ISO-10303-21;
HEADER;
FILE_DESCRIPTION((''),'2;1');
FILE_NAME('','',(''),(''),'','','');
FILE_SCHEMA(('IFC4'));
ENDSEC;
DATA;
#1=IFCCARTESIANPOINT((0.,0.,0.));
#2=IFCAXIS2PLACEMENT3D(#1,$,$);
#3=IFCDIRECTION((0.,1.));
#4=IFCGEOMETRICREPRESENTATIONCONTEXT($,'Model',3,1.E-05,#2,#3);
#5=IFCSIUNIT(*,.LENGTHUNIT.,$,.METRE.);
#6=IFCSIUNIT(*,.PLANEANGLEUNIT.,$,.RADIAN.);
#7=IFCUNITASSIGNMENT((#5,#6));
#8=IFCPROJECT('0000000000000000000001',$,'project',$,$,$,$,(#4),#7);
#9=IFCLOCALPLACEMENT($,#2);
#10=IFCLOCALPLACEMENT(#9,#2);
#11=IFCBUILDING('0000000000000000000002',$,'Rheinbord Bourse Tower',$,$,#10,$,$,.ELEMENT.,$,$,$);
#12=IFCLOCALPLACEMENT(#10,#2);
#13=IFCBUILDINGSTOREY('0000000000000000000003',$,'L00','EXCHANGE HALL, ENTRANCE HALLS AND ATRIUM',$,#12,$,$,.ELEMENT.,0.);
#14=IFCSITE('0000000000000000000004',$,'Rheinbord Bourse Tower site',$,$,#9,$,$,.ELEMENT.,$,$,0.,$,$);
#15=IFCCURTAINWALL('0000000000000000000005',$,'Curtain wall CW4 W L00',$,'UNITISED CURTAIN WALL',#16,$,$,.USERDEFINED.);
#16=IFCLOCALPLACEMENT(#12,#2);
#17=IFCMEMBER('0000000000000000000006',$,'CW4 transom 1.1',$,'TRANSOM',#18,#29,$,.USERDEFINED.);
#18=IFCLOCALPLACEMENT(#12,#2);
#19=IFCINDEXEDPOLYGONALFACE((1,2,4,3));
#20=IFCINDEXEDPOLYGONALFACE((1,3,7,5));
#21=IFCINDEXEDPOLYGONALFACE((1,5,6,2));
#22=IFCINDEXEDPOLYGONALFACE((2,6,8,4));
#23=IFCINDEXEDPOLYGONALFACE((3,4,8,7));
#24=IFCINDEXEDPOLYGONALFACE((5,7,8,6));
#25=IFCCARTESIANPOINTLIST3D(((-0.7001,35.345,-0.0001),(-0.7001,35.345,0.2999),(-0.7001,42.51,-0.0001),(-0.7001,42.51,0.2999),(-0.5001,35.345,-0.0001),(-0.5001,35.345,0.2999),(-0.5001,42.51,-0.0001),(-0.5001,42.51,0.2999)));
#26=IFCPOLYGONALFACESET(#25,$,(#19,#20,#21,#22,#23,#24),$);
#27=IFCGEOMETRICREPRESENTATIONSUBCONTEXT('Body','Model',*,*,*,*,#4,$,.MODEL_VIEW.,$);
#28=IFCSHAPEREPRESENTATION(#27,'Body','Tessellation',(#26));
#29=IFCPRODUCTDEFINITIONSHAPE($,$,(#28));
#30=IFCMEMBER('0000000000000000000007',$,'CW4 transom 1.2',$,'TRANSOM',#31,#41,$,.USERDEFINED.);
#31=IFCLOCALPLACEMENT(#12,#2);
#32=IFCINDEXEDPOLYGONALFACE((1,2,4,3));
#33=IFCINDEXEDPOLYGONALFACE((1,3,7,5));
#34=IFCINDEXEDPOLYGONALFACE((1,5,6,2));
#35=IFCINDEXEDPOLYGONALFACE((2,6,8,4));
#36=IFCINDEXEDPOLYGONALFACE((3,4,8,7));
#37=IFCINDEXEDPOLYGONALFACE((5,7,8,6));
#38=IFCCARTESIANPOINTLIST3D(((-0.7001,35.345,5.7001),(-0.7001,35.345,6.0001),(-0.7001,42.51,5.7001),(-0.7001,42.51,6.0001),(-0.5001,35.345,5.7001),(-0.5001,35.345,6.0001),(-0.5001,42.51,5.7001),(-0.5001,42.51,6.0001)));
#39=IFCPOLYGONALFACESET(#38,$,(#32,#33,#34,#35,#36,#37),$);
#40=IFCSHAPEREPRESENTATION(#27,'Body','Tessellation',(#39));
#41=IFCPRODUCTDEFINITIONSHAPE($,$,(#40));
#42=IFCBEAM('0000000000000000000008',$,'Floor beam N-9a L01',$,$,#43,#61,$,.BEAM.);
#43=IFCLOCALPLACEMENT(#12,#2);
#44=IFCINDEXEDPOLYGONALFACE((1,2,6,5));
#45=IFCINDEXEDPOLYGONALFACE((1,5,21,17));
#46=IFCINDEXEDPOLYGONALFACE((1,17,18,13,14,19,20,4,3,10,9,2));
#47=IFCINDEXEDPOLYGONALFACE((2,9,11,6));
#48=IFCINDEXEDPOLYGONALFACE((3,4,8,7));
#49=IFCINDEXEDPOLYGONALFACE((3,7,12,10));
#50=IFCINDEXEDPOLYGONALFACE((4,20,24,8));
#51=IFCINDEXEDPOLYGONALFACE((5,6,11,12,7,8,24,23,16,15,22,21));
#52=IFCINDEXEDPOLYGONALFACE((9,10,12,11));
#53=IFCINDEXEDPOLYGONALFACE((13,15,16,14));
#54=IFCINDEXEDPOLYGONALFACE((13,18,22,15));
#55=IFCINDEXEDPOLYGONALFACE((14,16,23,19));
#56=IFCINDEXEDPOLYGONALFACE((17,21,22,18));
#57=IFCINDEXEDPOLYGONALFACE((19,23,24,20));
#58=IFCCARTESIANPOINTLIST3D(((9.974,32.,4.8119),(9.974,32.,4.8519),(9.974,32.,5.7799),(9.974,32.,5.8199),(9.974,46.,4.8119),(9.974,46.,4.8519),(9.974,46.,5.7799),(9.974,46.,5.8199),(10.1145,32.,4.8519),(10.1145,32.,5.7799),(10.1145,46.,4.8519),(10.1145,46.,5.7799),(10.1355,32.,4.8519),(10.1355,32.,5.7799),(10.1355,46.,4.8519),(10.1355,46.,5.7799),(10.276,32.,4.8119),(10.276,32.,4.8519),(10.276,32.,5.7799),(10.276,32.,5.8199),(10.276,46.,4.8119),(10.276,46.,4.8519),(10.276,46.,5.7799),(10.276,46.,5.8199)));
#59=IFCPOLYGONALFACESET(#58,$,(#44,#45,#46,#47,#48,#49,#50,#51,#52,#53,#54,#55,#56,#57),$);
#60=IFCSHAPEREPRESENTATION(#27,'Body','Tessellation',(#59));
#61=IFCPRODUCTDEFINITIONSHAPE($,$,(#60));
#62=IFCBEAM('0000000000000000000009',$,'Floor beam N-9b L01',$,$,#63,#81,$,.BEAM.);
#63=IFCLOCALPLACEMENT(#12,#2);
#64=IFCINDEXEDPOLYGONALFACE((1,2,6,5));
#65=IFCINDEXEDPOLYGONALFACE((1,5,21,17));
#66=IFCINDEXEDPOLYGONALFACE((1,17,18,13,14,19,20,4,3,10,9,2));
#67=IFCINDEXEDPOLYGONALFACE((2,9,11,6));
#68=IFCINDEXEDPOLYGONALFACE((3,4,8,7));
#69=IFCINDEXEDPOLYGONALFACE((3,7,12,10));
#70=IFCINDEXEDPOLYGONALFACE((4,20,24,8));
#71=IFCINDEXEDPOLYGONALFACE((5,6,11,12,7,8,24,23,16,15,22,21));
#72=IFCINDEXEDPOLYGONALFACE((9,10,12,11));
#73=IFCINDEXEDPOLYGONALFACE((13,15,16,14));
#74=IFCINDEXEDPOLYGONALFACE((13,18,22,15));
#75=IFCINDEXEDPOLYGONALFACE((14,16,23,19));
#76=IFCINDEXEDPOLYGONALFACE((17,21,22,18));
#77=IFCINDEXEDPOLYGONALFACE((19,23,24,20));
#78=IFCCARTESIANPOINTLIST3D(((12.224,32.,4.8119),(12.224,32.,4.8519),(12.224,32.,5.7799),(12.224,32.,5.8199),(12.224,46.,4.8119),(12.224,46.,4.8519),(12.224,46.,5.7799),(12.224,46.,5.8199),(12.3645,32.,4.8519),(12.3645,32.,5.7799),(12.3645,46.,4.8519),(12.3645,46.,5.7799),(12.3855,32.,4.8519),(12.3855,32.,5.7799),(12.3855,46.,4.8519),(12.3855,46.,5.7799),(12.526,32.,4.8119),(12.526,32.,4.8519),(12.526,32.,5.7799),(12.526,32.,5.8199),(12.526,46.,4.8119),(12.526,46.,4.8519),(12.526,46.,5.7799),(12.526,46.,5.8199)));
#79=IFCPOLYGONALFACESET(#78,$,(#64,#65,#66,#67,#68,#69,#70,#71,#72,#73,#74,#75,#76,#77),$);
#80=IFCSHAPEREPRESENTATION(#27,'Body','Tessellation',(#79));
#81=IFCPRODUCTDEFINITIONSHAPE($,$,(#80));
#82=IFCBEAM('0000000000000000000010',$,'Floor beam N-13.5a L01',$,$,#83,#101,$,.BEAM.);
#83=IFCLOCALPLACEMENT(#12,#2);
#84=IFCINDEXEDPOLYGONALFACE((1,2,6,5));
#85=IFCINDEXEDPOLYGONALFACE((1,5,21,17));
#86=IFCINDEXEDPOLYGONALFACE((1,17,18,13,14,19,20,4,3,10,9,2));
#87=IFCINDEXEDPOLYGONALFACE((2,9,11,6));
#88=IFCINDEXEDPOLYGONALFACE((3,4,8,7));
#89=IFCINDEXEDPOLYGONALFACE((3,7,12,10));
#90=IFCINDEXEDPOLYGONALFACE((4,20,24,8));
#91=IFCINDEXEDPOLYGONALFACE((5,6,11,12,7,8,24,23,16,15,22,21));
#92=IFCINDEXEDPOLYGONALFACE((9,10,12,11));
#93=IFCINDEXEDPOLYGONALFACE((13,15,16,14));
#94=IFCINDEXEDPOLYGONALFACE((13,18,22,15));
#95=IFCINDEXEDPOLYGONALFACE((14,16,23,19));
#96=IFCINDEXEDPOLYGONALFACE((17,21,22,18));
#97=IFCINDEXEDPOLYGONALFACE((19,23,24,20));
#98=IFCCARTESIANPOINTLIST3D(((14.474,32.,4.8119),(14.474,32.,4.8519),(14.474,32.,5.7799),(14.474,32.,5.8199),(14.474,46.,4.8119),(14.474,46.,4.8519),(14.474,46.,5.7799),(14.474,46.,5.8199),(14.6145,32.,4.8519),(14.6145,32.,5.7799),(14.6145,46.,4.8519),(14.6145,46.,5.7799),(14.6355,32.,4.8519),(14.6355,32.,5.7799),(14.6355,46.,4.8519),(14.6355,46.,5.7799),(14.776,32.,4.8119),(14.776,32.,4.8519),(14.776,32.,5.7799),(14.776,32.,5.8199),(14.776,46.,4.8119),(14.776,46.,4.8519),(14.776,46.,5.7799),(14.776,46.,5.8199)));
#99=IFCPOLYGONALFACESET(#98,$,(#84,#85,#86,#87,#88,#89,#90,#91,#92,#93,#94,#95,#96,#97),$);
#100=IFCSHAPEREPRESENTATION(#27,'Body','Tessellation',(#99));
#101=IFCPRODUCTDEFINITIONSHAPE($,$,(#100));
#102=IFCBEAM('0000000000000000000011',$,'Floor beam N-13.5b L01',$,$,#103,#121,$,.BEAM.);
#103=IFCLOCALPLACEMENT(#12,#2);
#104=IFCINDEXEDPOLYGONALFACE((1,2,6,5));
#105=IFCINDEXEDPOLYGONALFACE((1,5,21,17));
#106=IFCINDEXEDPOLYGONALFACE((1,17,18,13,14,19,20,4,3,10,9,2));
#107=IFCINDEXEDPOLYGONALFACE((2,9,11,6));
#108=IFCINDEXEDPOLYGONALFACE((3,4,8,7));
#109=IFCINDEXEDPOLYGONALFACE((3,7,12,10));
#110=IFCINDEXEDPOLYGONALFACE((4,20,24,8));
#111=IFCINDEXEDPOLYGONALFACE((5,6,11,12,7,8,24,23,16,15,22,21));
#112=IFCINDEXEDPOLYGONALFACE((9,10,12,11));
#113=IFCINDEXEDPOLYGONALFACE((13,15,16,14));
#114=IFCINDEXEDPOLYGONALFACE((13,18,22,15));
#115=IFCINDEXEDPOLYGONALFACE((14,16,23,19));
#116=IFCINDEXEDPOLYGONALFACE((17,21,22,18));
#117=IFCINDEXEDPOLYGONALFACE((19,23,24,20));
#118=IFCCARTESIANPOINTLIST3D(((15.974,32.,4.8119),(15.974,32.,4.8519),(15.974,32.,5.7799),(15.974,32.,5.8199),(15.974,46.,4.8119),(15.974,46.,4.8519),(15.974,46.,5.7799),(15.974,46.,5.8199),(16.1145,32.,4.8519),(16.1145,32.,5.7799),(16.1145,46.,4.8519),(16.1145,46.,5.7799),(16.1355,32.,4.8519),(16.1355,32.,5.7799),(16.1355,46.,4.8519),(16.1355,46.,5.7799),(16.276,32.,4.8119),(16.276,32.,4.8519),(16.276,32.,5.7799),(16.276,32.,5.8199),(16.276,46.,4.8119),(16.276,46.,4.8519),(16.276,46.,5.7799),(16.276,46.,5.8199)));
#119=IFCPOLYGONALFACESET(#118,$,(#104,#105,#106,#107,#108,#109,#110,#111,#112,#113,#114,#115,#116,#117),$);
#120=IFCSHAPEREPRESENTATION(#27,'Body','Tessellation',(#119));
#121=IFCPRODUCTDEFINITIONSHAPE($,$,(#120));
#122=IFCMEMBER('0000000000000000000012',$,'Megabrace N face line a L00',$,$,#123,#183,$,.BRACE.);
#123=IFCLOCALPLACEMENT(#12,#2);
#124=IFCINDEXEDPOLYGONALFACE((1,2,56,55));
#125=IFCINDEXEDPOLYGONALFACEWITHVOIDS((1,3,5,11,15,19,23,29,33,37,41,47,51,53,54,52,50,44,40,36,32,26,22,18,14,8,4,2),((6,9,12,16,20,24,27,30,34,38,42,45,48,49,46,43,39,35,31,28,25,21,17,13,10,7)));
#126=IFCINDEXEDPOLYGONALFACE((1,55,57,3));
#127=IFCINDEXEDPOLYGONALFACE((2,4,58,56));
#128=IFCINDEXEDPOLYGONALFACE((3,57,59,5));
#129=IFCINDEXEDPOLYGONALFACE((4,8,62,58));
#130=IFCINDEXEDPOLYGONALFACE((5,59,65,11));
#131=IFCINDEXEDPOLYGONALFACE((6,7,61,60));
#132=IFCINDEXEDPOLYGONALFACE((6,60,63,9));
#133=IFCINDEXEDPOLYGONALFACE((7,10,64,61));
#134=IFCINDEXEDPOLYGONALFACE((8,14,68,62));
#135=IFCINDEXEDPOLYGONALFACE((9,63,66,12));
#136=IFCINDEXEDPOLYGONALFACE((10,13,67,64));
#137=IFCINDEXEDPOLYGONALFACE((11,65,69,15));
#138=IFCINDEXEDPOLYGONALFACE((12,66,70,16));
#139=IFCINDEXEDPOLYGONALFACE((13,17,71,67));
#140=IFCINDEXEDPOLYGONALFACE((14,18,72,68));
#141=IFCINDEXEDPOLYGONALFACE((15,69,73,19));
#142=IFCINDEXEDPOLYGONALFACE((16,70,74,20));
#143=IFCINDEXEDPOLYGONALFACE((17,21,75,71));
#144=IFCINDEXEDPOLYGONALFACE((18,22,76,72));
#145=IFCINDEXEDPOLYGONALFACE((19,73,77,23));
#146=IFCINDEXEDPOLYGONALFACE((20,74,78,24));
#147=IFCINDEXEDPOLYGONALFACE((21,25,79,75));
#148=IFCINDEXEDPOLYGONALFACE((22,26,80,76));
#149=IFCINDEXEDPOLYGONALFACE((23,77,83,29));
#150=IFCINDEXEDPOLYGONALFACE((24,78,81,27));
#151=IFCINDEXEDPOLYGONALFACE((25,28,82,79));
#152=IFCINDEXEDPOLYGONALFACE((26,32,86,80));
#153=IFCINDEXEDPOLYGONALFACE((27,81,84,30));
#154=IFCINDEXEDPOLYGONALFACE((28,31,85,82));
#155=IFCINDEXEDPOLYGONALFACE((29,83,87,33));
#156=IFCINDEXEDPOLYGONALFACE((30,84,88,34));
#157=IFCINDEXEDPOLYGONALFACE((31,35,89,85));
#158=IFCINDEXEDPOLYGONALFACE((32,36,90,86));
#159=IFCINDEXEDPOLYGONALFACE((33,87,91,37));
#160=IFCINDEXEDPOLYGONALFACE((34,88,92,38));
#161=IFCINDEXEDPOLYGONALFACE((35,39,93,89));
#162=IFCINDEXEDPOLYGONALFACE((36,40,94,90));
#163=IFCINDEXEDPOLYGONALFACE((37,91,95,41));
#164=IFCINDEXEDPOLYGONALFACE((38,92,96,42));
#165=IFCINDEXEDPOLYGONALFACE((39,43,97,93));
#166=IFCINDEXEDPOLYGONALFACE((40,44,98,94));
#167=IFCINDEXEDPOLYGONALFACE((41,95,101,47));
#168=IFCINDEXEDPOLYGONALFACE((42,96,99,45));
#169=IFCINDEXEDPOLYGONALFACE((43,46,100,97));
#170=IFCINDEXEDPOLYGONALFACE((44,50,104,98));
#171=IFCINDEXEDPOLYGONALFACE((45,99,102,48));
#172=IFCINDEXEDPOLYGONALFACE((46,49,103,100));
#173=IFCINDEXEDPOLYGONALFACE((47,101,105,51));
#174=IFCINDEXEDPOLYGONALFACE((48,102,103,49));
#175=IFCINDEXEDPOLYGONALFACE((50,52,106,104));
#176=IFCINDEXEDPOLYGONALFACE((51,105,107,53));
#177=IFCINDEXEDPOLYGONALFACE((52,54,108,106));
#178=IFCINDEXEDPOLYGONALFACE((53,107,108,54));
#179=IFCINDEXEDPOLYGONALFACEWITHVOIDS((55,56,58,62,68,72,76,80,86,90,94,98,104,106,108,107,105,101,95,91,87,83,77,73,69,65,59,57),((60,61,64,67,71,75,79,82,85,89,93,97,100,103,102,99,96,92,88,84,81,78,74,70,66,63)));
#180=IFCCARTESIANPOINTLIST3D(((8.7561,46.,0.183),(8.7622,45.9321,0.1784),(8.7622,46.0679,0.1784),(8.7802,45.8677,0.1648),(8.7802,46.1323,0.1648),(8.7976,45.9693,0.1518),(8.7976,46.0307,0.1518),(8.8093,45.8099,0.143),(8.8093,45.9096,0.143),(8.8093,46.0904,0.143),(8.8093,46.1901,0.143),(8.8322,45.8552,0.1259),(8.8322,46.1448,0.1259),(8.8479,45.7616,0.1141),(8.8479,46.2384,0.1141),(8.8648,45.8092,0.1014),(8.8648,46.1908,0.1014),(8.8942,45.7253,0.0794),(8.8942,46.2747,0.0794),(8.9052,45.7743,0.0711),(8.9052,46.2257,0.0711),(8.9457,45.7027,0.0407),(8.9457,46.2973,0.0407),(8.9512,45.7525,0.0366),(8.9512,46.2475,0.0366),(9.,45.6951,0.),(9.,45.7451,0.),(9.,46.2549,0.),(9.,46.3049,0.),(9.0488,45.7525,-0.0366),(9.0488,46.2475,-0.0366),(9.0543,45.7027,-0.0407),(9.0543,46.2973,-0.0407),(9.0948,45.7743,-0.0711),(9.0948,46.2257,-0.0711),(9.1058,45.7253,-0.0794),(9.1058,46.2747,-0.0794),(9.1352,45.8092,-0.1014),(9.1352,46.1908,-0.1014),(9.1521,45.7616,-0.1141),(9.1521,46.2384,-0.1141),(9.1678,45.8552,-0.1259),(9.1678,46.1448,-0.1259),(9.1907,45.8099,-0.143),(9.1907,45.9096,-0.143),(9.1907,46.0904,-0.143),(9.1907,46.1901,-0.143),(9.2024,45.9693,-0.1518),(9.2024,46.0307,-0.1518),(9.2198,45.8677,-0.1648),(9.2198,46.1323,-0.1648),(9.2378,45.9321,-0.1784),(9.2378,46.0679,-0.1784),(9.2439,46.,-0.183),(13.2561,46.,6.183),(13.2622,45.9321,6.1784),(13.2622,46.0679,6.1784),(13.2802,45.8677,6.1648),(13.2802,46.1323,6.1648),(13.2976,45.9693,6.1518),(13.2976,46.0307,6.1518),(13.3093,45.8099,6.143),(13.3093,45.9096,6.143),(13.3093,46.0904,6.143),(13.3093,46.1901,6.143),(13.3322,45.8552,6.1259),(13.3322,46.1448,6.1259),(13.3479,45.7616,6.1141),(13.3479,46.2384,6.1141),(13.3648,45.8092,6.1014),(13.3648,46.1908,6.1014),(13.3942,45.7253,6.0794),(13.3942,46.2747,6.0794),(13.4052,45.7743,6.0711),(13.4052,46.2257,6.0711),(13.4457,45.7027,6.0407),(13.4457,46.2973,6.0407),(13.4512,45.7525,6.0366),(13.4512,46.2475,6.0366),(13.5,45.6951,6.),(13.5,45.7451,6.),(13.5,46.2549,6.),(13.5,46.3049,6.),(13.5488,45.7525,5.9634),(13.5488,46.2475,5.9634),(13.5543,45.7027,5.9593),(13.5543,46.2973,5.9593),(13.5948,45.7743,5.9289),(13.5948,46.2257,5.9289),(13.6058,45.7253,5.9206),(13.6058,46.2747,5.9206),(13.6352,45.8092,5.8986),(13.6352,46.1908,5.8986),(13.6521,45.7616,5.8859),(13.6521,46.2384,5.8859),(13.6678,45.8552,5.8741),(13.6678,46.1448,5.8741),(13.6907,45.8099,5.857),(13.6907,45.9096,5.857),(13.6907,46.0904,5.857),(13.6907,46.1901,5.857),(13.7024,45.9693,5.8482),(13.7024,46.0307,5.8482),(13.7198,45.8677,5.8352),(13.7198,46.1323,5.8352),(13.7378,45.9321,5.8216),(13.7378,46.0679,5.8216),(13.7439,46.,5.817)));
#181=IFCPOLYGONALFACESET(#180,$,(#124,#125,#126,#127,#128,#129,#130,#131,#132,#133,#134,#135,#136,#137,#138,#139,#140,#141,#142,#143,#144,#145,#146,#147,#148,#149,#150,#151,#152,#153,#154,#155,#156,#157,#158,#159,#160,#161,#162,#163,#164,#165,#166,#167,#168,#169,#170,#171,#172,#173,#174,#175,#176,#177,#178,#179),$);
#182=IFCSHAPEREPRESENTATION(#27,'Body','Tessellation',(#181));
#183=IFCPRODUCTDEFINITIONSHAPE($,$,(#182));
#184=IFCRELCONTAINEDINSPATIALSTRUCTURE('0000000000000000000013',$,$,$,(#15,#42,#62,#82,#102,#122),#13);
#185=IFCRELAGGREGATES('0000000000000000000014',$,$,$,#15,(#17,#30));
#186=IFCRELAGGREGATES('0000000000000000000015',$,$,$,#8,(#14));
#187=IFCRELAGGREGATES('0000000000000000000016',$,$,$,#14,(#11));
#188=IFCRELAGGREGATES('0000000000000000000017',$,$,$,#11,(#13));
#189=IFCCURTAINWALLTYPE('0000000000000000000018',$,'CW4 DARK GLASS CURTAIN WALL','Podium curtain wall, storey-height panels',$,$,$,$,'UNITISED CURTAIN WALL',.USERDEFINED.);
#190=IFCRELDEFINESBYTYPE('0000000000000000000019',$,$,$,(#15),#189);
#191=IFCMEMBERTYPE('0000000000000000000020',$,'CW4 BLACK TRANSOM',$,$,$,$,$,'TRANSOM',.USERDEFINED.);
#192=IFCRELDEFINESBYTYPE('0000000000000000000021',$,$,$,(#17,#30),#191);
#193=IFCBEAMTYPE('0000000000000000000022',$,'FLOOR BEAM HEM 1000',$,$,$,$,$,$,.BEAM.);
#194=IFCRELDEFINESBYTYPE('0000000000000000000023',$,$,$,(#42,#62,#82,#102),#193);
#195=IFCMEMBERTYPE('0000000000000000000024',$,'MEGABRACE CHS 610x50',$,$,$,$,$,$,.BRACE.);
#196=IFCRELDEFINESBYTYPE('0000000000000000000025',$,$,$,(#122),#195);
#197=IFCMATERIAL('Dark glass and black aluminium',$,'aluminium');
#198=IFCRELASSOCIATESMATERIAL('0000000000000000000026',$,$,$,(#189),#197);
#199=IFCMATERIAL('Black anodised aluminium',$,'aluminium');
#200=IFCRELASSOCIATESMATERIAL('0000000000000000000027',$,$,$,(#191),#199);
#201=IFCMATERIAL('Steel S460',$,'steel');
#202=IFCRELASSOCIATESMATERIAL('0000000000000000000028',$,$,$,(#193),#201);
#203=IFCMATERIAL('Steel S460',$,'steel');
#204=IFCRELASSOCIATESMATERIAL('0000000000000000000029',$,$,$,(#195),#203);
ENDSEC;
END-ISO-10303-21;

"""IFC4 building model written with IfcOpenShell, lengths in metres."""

from ifc_helpers import new_model, si_unit, direction, frame, origin, origin_2d, place, context, subcontext, project, spatial, rectangle, hollow_circle, i_section, extrude, material, material_profile, profile_set, type_object, element, aggregate, save


model = new_model("IFC4")

# Units and contexts
model_context = context("Model", 3, precision=1e-05, world=origin(), true_north=direction((0.0, 1.0)))
body_context = subcontext(model_context, "Body", "Model", "MODEL_VIEW")
ifc_project = project(units=[si_unit("LENGTHUNIT", "METRE"), si_unit("PLANEANGLEUNIT", "RADIAN")], contexts=[model_context])

# Site, building, storey
site_placement = place(None, origin())
site = spatial("IfcSite", under=ifc_project, at=site_placement, Name="Rheinbord Bourse Tower site", CompositionType="ELEMENT", RefElevation=0.0)
building_placement = place(site_placement, origin())
building = spatial("IfcBuilding", under=site, at=building_placement, Name="Rheinbord Bourse Tower", CompositionType="ELEMENT")
storey_placement = place(building_placement, origin())
storey = spatial("IfcBuildingStorey", under=building, at=storey_placement, Name="L00", Description="EXCHANGE HALL, ENTRANCE HALLS AND ATRIUM", CompositionType="ELEMENT", Elevation=0.0)

# Shared definitions
ifc_material_1 = material(Name="Dark glass and black aluminium", Category="aluminium")
curtain_wall_type = type_object("IfcCurtainWallType", Name="CW4 DARK GLASS CURTAIN WALL", Description="Podium curtain wall, storey-height panels", ElementType="UNITISED CURTAIN WALL", PredefinedType="USERDEFINED", material=ifc_material_1)

# Curtain wall
curtain_wall_1_placement = place(storey_placement, origin())
curtain_wall_1 = element("IfcCurtainWall", 1, at=curtain_wall_1_placement, inside=storey, type_object=curtain_wall_type, Name="Curtain wall CW4 W L00", ObjectType="UNITISED CURTAIN WALL", PredefinedType="USERDEFINED")

# Members
ifc_material_2 = material(Name="Black anodised aluminium", Category="aluminium")
ifc_material_profile_1 = material_profile(ifc_material_2, rectangle(XDim=0.2, YDim=0.3, at=origin_2d()), Name="CW4 TRANSOM 300x200")
ifc_profile_set_1 = profile_set([ifc_material_profile_1], Name="Black anodised aluminium")
member_type_1 = type_object("IfcMemberType", Name="CW4 BLACK TRANSOM", ElementType="TRANSOM", PredefinedType="USERDEFINED", material=ifc_profile_set_1)
member_1_placement = place(storey_placement, frame((-0.6001, 42.51, 0.1499), z_axis=(0.0, -1.0, 0.0), x_axis=(1.0, 0.0, 0.0)))
member_1 = element("IfcMember", 2, at=member_1_placement, type_object=member_type_1, Name="CW4 transom 1.1", ObjectType="TRANSOM", PredefinedType="USERDEFINED", context=body_context, shape_type="SweptSolid", body=[
    extrude(rectangle(XDim=0.2, YDim=0.3, at=origin_2d()), origin(), (0.0, 0.0, 1.0), 7.165),
])
member_2_placement = place(storey_placement, frame((-0.6001, 42.51, 5.8501), z_axis=(0.0, -1.0, 0.0), x_axis=(1.0, 0.0, 0.0)))
member_2 = element("IfcMember", 3, at=member_2_placement, type_object=member_type_1, Name="CW4 transom 1.2", ObjectType="TRANSOM", PredefinedType="USERDEFINED", context=body_context, shape_type="SweptSolid", body=[
    extrude(rectangle(XDim=0.2, YDim=0.3, at=origin_2d()), origin(), (0.0, 0.0, 1.0), 7.165),
])

# Beams
ifc_material_3 = material(Name="Steel S460", Category="steel")
ifc_material_profile_2 = material_profile(ifc_material_3, i_section(OverallWidth=0.302, OverallDepth=1.0081, WebThickness=0.021, FlangeThickness=0.04, at=origin_2d()), Name="HEM 1000")
ifc_profile_set_2 = profile_set([ifc_material_profile_2], Name="Steel S460")
beam_type_1 = type_object("IfcBeamType", Name="FLOOR BEAM HEM 1000", PredefinedType="BEAM", material=ifc_profile_set_2)
for number, where, z_axis, x_axis, name in (
    (4, (10.125, 46.0, 5.3159), (0.0, -1.0, 0.0), (1.0, 0.0, 0.0), "Floor beam N-9a L01"),
    (5, (12.375, 46.0, 5.3159), (0.0, -1.0, 0.0), (1.0, 0.0, 0.0), "Floor beam N-9b L01"),
    (6, (14.625, 46.0, 5.3159), (0.0, -1.0, 0.0), (1.0, 0.0, 0.0), "Floor beam N-13.5a L01"),
    (7, (16.125, 46.0, 5.3159), (0.0, -1.0, 0.0), (1.0, 0.0, 0.0), "Floor beam N-13.5b L01"),
):
    element("IfcBeam", number, at=place(storey_placement, frame(where, z_axis=z_axis, x_axis=x_axis)), inside=storey, type_object=beam_type_1, Name=name, PredefinedType="BEAM", context=body_context, shape_type="SweptSolid", body=[
        extrude(i_section(OverallWidth=0.302, OverallDepth=1.0081, WebThickness=0.021, FlangeThickness=0.04, at=origin_2d()), origin(), (0.0, 0.0, 1.0), 14.0),
    ])

# Member
ifc_material_4 = material(Name="Steel S460", Category="steel")
ifc_material_profile_3 = material_profile(ifc_material_4, hollow_circle(Radius=0.3049, WallThickness=0.05, at=origin_2d()), Name="CHS 610x50")
ifc_profile_set_3 = profile_set([ifc_material_profile_3], Name="Steel S460")
member_type_2 = type_object("IfcMemberType", Name="MEGABRACE CHS 610x50", PredefinedType="BRACE", material=ifc_profile_set_3)
member_3_placement = place(storey_placement, frame((9.0, 46.0, 0.0), z_axis=(0.6, 0.0, 0.8), x_axis=(0.0, 1.0, 0.0)))
element("IfcMember", 8, at=member_3_placement, inside=storey, type_object=member_type_2, Name="Megabrace N face line a L00", PredefinedType="BRACE", context=body_context, shape_type="SweptSolid", body=[
    extrude(hollow_circle(Radius=0.3049, WallThickness=0.05, at=origin_2d()), origin(), (0.0, 0.0, 1.0), 7.5),
])

aggregate(curtain_wall_1, [member_1, member_2])

save(model, "model.ifc")
